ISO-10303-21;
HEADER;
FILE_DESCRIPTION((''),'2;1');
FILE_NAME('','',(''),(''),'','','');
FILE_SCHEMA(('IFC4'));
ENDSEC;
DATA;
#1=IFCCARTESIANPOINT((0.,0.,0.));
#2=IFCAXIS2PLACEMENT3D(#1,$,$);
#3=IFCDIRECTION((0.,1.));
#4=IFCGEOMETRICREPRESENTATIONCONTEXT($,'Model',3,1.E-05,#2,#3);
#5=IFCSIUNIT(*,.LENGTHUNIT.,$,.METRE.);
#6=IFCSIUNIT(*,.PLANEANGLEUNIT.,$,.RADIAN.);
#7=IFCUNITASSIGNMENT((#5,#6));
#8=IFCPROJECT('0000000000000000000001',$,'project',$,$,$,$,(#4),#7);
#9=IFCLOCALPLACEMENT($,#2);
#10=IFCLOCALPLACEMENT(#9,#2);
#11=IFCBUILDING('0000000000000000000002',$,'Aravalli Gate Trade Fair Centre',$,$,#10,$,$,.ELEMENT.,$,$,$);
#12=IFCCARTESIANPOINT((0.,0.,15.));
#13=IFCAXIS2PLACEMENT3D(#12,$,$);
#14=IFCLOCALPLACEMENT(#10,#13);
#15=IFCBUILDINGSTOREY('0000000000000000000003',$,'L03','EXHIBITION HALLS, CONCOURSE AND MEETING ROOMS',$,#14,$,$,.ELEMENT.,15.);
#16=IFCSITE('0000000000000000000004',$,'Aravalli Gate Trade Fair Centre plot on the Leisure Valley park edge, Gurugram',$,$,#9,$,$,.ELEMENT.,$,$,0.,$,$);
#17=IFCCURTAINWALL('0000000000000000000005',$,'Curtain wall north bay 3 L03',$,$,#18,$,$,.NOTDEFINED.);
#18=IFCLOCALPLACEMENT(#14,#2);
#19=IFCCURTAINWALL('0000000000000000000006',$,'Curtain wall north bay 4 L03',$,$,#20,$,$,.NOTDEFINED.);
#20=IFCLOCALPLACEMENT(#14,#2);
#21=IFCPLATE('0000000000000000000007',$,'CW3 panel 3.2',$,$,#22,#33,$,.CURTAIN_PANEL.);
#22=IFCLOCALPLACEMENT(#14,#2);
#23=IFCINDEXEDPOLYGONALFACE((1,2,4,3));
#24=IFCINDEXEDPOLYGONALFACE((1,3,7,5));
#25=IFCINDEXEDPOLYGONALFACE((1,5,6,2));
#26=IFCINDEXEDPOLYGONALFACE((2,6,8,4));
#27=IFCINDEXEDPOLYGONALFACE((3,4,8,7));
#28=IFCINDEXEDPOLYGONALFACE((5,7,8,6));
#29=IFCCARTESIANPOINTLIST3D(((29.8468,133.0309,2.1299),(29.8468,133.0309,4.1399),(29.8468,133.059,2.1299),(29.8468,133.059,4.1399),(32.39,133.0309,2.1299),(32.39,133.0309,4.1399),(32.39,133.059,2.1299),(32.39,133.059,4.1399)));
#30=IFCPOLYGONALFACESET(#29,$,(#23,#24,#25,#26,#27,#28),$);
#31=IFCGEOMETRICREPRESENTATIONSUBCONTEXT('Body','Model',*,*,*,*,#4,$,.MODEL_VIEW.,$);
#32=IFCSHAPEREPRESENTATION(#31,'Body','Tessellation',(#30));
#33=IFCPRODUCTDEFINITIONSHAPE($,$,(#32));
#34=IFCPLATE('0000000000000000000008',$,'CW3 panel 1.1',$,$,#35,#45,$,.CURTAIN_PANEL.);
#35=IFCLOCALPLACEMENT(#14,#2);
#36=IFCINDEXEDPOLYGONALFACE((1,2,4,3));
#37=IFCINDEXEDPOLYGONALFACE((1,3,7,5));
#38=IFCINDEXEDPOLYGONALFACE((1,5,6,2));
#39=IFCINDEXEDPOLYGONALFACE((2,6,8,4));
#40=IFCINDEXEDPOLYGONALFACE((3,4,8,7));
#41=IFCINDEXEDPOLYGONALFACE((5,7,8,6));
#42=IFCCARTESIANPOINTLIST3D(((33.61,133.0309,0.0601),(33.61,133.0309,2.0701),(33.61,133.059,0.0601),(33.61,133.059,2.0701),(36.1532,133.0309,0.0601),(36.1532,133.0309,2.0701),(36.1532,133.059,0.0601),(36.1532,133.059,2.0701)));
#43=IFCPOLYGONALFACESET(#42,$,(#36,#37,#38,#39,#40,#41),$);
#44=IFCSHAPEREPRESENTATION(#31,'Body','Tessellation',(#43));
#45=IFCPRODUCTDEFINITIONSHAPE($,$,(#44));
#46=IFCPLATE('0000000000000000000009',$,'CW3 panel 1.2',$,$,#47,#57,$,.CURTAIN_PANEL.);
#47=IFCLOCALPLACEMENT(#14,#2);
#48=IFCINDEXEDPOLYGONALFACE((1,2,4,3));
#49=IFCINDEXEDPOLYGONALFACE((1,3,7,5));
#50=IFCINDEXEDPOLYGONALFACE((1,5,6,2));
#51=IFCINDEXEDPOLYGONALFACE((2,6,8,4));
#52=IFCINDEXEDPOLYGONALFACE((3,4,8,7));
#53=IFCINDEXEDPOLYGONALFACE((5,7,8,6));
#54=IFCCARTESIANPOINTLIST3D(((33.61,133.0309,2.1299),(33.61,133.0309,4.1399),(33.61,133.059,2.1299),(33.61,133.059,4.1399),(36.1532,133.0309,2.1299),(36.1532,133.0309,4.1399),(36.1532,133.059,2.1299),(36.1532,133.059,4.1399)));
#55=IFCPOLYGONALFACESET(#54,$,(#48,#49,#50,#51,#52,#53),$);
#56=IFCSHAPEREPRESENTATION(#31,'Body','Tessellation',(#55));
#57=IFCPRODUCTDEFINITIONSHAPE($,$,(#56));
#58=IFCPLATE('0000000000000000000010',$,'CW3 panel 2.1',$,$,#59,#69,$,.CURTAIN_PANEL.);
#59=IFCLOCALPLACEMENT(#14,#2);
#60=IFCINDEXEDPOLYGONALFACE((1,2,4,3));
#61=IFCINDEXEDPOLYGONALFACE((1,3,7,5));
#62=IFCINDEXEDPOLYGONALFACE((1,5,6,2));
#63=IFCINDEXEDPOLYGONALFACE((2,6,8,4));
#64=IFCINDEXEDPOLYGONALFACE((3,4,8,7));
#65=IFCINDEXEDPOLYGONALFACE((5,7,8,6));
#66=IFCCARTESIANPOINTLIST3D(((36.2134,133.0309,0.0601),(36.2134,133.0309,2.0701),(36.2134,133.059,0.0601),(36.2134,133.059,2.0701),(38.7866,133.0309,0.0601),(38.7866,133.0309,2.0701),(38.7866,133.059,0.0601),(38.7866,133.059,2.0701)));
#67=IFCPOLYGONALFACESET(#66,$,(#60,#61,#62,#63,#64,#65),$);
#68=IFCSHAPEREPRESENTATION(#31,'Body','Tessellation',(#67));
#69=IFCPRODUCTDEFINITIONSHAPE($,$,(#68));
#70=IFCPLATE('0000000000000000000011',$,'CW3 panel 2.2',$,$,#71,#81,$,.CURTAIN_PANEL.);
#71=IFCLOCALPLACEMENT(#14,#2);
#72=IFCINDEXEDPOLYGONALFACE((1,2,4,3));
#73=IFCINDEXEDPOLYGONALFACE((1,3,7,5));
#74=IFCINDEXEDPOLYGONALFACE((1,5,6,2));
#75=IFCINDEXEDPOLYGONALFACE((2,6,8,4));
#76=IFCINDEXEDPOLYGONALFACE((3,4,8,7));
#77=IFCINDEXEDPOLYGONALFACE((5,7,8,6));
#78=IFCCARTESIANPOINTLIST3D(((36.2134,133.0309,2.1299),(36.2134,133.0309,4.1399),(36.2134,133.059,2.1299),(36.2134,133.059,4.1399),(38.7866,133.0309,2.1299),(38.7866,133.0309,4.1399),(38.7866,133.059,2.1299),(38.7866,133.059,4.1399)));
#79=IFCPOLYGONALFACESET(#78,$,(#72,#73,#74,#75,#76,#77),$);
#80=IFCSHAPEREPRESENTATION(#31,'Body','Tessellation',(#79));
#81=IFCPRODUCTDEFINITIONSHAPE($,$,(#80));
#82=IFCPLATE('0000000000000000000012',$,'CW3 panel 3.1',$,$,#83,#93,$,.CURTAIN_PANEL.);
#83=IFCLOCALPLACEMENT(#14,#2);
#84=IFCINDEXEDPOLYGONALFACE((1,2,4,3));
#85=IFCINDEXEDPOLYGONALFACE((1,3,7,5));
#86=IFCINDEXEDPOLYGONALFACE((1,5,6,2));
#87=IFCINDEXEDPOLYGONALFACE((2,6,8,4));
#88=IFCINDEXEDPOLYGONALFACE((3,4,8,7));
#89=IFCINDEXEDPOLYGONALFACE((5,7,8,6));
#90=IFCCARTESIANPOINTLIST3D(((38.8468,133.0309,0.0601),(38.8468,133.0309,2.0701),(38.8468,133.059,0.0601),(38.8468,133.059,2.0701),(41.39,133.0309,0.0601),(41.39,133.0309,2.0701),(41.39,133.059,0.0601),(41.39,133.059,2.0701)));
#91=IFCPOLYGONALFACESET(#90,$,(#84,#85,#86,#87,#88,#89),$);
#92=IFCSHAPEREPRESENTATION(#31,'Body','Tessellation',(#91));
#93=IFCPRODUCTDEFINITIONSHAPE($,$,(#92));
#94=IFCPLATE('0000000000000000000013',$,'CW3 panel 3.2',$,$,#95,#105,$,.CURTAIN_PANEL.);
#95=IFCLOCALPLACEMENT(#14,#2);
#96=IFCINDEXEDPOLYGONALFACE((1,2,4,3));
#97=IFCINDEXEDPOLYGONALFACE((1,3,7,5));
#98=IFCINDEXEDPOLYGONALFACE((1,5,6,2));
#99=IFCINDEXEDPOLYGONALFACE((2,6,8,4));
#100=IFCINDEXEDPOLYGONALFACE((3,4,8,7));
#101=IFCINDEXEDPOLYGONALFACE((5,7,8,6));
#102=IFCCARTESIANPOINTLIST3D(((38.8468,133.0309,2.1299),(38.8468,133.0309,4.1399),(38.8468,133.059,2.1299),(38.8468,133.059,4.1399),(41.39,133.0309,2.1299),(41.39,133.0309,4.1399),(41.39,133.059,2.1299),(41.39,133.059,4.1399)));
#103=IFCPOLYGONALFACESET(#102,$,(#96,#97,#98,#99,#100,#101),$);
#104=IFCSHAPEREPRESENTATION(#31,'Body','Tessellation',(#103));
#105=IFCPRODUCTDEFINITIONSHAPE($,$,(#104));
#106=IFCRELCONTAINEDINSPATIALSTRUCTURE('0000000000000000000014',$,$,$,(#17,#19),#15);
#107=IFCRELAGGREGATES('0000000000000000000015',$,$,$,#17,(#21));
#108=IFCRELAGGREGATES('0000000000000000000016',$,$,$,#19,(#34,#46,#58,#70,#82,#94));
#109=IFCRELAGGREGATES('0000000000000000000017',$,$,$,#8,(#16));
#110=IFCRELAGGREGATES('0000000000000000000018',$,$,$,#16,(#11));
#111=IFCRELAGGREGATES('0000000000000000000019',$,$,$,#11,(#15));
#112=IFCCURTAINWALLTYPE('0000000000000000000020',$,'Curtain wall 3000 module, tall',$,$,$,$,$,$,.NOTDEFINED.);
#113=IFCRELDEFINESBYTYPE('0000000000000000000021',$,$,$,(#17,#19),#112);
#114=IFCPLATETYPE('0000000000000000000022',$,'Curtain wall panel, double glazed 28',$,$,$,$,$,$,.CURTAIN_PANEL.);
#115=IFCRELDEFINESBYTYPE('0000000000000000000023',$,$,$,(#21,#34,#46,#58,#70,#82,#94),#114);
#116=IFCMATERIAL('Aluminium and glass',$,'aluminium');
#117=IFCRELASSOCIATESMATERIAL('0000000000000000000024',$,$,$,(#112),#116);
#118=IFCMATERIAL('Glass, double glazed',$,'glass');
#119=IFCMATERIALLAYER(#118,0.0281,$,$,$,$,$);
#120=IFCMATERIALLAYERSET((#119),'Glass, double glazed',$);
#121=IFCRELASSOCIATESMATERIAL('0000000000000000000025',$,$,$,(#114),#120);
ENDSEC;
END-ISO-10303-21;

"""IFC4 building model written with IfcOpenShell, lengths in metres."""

from ifc_helpers import new_model, si_unit, direction, frame, origin, origin_2d, place, context, subcontext, project, spatial, rectangle, extrude, material, layer, layer_set, type_object, element, aggregate, save


model = new_model("IFC4")

# Units and contexts
model_context = context("Model", 3, precision=1e-05, world=origin(), true_north=direction((0.0, 1.0)))
body_context = subcontext(model_context, "Body", "Model", "MODEL_VIEW")
ifc_project = project(units=[si_unit("LENGTHUNIT", "METRE"), si_unit("PLANEANGLEUNIT", "RADIAN")], contexts=[model_context])

# Site, building, storey
site_placement = place(None, origin())
site = spatial("IfcSite", under=ifc_project, at=site_placement, Name="Aravalli Gate Trade Fair Centre plot on the Leisure Valley park edge, Gurugram", CompositionType="ELEMENT", RefElevation=0.0)
building_placement = place(site_placement, origin())
building = spatial("IfcBuilding", under=site, at=building_placement, Name="Aravalli Gate Trade Fair Centre", CompositionType="ELEMENT")
storey_placement = place(building_placement, frame((0.0, 0.0, 15.0)))
storey = spatial("IfcBuildingStorey", under=building, at=storey_placement, Name="L03", Description="EXHIBITION HALLS, CONCOURSE AND MEETING ROOMS", CompositionType="ELEMENT", Elevation=15.0)

# Curtain wall
ifc_material_1 = material(Name="Aluminium and glass", Category="aluminium")
curtain_wall_type = type_object("IfcCurtainWallType", Name="Curtain wall 3000 module, tall", PredefinedType="NOTDEFINED", material=ifc_material_1)
curtain_wall_1_placement = place(storey_placement, origin())
curtain_wall_1 = element("IfcCurtainWall", 1, at=curtain_wall_1_placement, inside=storey, type_object=curtain_wall_type, Name="Curtain wall north bay 3 L03", PredefinedType="NOTDEFINED")

# Curtain wall
curtain_wall_2_placement = place(storey_placement, origin())
curtain_wall_2 = element("IfcCurtainWall", 2, at=curtain_wall_2_placement, inside=storey, type_object=curtain_wall_type, Name="Curtain wall north bay 4 L03", PredefinedType="NOTDEFINED")

# Plates
ifc_material_2 = material(Name="Glass, double glazed", Category="glass")
ifc_layer = layer(ifc_material_2, 0.0281)
ifc_layer_set = layer_set([ifc_layer], Name="Glass, double glazed")
plate_type = type_object("IfcPlateType", Name="Curtain wall panel, double glazed 28", PredefinedType="CURTAIN_PANEL", material=ifc_layer_set)
plate_1_placement = place(storey_placement, frame((31.1184, 133.0449, 2.1299), z_axis=(0.0, 0.0, 1.0), x_axis=(1.0, 0.0, 0.0)))
plate_1 = element("IfcPlate", 3, at=plate_1_placement, type_object=plate_type, Name="CW3 panel 3.2", PredefinedType="CURTAIN_PANEL", context=body_context, shape_type="SweptSolid", body=[
    extrude(rectangle(XDim=2.5432, YDim=0.0281, at=origin_2d()), origin(), (0.0, 0.0, 1.0), 2.01),
])
aggregate(curtain_wall_1, [plate_1])
plate_2_placement = place(storey_placement, frame((34.8816, 133.0449, 0.0601), z_axis=(0.0, 0.0, 1.0), x_axis=(1.0, 0.0, 0.0)))
plate_2 = element("IfcPlate", 4, at=plate_2_placement, type_object=plate_type, Name="CW3 panel 1.1", PredefinedType="CURTAIN_PANEL", context=body_context, shape_type="SweptSolid", body=[
    extrude(rectangle(XDim=2.5432, YDim=0.0281, at=origin_2d()), origin(), (0.0, 0.0, 1.0), 2.01),
])
plate_3_placement = place(storey_placement, frame((34.8816, 133.0449, 2.1299), z_axis=(0.0, 0.0, 1.0), x_axis=(1.0, 0.0, 0.0)))
plate_3 = element("IfcPlate", 5, at=plate_3_placement, type_object=plate_type, Name="CW3 panel 1.2", PredefinedType="CURTAIN_PANEL", context=body_context, shape_type="SweptSolid", body=[
    extrude(rectangle(XDim=2.5432, YDim=0.0281, at=origin_2d()), origin(), (0.0, 0.0, 1.0), 2.01),
])
plate_4_placement = place(storey_placement, frame((37.5, 133.0449, 0.0601), z_axis=(0.0, 0.0, 1.0), x_axis=(1.0, 0.0, 0.0)))
plate_4 = element("IfcPlate", 6, at=plate_4_placement, type_object=plate_type, Name="CW3 panel 2.1", PredefinedType="CURTAIN_PANEL", context=body_context, shape_type="SweptSolid", body=[
    extrude(rectangle(XDim=2.5732, YDim=0.0281, at=origin_2d()), origin(), (0.0, 0.0, 1.0), 2.01),
])
plate_5_placement = place(storey_placement, frame((37.5, 133.0449, 2.1299), z_axis=(0.0, 0.0, 1.0), x_axis=(1.0, 0.0, 0.0)))
plate_5 = element("IfcPlate", 7, at=plate_5_placement, type_object=plate_type, Name="CW3 panel 2.2", PredefinedType="CURTAIN_PANEL", context=body_context, shape_type="SweptSolid", body=[
    extrude(rectangle(XDim=2.5732, YDim=0.0281, at=origin_2d()), origin(), (0.0, 0.0, 1.0), 2.01),
])
plate_6_placement = place(storey_placement, frame((40.1184, 133.0449, 0.0601), z_axis=(0.0, 0.0, 1.0), x_axis=(1.0, 0.0, 0.0)))
plate_6 = element("IfcPlate", 8, at=plate_6_placement, type_object=plate_type, Name="CW3 panel 3.1", PredefinedType="CURTAIN_PANEL", context=body_context, shape_type="SweptSolid", body=[
    extrude(rectangle(XDim=2.5432, YDim=0.0281, at=origin_2d()), origin(), (0.0, 0.0, 1.0), 2.01),
])
plate_7_placement = place(storey_placement, frame((40.1184, 133.0449, 2.1299), z_axis=(0.0, 0.0, 1.0), x_axis=(1.0, 0.0, 0.0)))
plate_7 = element("IfcPlate", 9, at=plate_7_placement, type_object=plate_type, Name="CW3 panel 3.2", PredefinedType="CURTAIN_PANEL", context=body_context, shape_type="SweptSolid", body=[
    extrude(rectangle(XDim=2.5432, YDim=0.0281, at=origin_2d()), origin(), (0.0, 0.0, 1.0), 2.01),
])
aggregate(curtain_wall_2, [plate_2, plate_3, plate_4, plate_5, plate_6, plate_7])

save(model, "model.ifc")
